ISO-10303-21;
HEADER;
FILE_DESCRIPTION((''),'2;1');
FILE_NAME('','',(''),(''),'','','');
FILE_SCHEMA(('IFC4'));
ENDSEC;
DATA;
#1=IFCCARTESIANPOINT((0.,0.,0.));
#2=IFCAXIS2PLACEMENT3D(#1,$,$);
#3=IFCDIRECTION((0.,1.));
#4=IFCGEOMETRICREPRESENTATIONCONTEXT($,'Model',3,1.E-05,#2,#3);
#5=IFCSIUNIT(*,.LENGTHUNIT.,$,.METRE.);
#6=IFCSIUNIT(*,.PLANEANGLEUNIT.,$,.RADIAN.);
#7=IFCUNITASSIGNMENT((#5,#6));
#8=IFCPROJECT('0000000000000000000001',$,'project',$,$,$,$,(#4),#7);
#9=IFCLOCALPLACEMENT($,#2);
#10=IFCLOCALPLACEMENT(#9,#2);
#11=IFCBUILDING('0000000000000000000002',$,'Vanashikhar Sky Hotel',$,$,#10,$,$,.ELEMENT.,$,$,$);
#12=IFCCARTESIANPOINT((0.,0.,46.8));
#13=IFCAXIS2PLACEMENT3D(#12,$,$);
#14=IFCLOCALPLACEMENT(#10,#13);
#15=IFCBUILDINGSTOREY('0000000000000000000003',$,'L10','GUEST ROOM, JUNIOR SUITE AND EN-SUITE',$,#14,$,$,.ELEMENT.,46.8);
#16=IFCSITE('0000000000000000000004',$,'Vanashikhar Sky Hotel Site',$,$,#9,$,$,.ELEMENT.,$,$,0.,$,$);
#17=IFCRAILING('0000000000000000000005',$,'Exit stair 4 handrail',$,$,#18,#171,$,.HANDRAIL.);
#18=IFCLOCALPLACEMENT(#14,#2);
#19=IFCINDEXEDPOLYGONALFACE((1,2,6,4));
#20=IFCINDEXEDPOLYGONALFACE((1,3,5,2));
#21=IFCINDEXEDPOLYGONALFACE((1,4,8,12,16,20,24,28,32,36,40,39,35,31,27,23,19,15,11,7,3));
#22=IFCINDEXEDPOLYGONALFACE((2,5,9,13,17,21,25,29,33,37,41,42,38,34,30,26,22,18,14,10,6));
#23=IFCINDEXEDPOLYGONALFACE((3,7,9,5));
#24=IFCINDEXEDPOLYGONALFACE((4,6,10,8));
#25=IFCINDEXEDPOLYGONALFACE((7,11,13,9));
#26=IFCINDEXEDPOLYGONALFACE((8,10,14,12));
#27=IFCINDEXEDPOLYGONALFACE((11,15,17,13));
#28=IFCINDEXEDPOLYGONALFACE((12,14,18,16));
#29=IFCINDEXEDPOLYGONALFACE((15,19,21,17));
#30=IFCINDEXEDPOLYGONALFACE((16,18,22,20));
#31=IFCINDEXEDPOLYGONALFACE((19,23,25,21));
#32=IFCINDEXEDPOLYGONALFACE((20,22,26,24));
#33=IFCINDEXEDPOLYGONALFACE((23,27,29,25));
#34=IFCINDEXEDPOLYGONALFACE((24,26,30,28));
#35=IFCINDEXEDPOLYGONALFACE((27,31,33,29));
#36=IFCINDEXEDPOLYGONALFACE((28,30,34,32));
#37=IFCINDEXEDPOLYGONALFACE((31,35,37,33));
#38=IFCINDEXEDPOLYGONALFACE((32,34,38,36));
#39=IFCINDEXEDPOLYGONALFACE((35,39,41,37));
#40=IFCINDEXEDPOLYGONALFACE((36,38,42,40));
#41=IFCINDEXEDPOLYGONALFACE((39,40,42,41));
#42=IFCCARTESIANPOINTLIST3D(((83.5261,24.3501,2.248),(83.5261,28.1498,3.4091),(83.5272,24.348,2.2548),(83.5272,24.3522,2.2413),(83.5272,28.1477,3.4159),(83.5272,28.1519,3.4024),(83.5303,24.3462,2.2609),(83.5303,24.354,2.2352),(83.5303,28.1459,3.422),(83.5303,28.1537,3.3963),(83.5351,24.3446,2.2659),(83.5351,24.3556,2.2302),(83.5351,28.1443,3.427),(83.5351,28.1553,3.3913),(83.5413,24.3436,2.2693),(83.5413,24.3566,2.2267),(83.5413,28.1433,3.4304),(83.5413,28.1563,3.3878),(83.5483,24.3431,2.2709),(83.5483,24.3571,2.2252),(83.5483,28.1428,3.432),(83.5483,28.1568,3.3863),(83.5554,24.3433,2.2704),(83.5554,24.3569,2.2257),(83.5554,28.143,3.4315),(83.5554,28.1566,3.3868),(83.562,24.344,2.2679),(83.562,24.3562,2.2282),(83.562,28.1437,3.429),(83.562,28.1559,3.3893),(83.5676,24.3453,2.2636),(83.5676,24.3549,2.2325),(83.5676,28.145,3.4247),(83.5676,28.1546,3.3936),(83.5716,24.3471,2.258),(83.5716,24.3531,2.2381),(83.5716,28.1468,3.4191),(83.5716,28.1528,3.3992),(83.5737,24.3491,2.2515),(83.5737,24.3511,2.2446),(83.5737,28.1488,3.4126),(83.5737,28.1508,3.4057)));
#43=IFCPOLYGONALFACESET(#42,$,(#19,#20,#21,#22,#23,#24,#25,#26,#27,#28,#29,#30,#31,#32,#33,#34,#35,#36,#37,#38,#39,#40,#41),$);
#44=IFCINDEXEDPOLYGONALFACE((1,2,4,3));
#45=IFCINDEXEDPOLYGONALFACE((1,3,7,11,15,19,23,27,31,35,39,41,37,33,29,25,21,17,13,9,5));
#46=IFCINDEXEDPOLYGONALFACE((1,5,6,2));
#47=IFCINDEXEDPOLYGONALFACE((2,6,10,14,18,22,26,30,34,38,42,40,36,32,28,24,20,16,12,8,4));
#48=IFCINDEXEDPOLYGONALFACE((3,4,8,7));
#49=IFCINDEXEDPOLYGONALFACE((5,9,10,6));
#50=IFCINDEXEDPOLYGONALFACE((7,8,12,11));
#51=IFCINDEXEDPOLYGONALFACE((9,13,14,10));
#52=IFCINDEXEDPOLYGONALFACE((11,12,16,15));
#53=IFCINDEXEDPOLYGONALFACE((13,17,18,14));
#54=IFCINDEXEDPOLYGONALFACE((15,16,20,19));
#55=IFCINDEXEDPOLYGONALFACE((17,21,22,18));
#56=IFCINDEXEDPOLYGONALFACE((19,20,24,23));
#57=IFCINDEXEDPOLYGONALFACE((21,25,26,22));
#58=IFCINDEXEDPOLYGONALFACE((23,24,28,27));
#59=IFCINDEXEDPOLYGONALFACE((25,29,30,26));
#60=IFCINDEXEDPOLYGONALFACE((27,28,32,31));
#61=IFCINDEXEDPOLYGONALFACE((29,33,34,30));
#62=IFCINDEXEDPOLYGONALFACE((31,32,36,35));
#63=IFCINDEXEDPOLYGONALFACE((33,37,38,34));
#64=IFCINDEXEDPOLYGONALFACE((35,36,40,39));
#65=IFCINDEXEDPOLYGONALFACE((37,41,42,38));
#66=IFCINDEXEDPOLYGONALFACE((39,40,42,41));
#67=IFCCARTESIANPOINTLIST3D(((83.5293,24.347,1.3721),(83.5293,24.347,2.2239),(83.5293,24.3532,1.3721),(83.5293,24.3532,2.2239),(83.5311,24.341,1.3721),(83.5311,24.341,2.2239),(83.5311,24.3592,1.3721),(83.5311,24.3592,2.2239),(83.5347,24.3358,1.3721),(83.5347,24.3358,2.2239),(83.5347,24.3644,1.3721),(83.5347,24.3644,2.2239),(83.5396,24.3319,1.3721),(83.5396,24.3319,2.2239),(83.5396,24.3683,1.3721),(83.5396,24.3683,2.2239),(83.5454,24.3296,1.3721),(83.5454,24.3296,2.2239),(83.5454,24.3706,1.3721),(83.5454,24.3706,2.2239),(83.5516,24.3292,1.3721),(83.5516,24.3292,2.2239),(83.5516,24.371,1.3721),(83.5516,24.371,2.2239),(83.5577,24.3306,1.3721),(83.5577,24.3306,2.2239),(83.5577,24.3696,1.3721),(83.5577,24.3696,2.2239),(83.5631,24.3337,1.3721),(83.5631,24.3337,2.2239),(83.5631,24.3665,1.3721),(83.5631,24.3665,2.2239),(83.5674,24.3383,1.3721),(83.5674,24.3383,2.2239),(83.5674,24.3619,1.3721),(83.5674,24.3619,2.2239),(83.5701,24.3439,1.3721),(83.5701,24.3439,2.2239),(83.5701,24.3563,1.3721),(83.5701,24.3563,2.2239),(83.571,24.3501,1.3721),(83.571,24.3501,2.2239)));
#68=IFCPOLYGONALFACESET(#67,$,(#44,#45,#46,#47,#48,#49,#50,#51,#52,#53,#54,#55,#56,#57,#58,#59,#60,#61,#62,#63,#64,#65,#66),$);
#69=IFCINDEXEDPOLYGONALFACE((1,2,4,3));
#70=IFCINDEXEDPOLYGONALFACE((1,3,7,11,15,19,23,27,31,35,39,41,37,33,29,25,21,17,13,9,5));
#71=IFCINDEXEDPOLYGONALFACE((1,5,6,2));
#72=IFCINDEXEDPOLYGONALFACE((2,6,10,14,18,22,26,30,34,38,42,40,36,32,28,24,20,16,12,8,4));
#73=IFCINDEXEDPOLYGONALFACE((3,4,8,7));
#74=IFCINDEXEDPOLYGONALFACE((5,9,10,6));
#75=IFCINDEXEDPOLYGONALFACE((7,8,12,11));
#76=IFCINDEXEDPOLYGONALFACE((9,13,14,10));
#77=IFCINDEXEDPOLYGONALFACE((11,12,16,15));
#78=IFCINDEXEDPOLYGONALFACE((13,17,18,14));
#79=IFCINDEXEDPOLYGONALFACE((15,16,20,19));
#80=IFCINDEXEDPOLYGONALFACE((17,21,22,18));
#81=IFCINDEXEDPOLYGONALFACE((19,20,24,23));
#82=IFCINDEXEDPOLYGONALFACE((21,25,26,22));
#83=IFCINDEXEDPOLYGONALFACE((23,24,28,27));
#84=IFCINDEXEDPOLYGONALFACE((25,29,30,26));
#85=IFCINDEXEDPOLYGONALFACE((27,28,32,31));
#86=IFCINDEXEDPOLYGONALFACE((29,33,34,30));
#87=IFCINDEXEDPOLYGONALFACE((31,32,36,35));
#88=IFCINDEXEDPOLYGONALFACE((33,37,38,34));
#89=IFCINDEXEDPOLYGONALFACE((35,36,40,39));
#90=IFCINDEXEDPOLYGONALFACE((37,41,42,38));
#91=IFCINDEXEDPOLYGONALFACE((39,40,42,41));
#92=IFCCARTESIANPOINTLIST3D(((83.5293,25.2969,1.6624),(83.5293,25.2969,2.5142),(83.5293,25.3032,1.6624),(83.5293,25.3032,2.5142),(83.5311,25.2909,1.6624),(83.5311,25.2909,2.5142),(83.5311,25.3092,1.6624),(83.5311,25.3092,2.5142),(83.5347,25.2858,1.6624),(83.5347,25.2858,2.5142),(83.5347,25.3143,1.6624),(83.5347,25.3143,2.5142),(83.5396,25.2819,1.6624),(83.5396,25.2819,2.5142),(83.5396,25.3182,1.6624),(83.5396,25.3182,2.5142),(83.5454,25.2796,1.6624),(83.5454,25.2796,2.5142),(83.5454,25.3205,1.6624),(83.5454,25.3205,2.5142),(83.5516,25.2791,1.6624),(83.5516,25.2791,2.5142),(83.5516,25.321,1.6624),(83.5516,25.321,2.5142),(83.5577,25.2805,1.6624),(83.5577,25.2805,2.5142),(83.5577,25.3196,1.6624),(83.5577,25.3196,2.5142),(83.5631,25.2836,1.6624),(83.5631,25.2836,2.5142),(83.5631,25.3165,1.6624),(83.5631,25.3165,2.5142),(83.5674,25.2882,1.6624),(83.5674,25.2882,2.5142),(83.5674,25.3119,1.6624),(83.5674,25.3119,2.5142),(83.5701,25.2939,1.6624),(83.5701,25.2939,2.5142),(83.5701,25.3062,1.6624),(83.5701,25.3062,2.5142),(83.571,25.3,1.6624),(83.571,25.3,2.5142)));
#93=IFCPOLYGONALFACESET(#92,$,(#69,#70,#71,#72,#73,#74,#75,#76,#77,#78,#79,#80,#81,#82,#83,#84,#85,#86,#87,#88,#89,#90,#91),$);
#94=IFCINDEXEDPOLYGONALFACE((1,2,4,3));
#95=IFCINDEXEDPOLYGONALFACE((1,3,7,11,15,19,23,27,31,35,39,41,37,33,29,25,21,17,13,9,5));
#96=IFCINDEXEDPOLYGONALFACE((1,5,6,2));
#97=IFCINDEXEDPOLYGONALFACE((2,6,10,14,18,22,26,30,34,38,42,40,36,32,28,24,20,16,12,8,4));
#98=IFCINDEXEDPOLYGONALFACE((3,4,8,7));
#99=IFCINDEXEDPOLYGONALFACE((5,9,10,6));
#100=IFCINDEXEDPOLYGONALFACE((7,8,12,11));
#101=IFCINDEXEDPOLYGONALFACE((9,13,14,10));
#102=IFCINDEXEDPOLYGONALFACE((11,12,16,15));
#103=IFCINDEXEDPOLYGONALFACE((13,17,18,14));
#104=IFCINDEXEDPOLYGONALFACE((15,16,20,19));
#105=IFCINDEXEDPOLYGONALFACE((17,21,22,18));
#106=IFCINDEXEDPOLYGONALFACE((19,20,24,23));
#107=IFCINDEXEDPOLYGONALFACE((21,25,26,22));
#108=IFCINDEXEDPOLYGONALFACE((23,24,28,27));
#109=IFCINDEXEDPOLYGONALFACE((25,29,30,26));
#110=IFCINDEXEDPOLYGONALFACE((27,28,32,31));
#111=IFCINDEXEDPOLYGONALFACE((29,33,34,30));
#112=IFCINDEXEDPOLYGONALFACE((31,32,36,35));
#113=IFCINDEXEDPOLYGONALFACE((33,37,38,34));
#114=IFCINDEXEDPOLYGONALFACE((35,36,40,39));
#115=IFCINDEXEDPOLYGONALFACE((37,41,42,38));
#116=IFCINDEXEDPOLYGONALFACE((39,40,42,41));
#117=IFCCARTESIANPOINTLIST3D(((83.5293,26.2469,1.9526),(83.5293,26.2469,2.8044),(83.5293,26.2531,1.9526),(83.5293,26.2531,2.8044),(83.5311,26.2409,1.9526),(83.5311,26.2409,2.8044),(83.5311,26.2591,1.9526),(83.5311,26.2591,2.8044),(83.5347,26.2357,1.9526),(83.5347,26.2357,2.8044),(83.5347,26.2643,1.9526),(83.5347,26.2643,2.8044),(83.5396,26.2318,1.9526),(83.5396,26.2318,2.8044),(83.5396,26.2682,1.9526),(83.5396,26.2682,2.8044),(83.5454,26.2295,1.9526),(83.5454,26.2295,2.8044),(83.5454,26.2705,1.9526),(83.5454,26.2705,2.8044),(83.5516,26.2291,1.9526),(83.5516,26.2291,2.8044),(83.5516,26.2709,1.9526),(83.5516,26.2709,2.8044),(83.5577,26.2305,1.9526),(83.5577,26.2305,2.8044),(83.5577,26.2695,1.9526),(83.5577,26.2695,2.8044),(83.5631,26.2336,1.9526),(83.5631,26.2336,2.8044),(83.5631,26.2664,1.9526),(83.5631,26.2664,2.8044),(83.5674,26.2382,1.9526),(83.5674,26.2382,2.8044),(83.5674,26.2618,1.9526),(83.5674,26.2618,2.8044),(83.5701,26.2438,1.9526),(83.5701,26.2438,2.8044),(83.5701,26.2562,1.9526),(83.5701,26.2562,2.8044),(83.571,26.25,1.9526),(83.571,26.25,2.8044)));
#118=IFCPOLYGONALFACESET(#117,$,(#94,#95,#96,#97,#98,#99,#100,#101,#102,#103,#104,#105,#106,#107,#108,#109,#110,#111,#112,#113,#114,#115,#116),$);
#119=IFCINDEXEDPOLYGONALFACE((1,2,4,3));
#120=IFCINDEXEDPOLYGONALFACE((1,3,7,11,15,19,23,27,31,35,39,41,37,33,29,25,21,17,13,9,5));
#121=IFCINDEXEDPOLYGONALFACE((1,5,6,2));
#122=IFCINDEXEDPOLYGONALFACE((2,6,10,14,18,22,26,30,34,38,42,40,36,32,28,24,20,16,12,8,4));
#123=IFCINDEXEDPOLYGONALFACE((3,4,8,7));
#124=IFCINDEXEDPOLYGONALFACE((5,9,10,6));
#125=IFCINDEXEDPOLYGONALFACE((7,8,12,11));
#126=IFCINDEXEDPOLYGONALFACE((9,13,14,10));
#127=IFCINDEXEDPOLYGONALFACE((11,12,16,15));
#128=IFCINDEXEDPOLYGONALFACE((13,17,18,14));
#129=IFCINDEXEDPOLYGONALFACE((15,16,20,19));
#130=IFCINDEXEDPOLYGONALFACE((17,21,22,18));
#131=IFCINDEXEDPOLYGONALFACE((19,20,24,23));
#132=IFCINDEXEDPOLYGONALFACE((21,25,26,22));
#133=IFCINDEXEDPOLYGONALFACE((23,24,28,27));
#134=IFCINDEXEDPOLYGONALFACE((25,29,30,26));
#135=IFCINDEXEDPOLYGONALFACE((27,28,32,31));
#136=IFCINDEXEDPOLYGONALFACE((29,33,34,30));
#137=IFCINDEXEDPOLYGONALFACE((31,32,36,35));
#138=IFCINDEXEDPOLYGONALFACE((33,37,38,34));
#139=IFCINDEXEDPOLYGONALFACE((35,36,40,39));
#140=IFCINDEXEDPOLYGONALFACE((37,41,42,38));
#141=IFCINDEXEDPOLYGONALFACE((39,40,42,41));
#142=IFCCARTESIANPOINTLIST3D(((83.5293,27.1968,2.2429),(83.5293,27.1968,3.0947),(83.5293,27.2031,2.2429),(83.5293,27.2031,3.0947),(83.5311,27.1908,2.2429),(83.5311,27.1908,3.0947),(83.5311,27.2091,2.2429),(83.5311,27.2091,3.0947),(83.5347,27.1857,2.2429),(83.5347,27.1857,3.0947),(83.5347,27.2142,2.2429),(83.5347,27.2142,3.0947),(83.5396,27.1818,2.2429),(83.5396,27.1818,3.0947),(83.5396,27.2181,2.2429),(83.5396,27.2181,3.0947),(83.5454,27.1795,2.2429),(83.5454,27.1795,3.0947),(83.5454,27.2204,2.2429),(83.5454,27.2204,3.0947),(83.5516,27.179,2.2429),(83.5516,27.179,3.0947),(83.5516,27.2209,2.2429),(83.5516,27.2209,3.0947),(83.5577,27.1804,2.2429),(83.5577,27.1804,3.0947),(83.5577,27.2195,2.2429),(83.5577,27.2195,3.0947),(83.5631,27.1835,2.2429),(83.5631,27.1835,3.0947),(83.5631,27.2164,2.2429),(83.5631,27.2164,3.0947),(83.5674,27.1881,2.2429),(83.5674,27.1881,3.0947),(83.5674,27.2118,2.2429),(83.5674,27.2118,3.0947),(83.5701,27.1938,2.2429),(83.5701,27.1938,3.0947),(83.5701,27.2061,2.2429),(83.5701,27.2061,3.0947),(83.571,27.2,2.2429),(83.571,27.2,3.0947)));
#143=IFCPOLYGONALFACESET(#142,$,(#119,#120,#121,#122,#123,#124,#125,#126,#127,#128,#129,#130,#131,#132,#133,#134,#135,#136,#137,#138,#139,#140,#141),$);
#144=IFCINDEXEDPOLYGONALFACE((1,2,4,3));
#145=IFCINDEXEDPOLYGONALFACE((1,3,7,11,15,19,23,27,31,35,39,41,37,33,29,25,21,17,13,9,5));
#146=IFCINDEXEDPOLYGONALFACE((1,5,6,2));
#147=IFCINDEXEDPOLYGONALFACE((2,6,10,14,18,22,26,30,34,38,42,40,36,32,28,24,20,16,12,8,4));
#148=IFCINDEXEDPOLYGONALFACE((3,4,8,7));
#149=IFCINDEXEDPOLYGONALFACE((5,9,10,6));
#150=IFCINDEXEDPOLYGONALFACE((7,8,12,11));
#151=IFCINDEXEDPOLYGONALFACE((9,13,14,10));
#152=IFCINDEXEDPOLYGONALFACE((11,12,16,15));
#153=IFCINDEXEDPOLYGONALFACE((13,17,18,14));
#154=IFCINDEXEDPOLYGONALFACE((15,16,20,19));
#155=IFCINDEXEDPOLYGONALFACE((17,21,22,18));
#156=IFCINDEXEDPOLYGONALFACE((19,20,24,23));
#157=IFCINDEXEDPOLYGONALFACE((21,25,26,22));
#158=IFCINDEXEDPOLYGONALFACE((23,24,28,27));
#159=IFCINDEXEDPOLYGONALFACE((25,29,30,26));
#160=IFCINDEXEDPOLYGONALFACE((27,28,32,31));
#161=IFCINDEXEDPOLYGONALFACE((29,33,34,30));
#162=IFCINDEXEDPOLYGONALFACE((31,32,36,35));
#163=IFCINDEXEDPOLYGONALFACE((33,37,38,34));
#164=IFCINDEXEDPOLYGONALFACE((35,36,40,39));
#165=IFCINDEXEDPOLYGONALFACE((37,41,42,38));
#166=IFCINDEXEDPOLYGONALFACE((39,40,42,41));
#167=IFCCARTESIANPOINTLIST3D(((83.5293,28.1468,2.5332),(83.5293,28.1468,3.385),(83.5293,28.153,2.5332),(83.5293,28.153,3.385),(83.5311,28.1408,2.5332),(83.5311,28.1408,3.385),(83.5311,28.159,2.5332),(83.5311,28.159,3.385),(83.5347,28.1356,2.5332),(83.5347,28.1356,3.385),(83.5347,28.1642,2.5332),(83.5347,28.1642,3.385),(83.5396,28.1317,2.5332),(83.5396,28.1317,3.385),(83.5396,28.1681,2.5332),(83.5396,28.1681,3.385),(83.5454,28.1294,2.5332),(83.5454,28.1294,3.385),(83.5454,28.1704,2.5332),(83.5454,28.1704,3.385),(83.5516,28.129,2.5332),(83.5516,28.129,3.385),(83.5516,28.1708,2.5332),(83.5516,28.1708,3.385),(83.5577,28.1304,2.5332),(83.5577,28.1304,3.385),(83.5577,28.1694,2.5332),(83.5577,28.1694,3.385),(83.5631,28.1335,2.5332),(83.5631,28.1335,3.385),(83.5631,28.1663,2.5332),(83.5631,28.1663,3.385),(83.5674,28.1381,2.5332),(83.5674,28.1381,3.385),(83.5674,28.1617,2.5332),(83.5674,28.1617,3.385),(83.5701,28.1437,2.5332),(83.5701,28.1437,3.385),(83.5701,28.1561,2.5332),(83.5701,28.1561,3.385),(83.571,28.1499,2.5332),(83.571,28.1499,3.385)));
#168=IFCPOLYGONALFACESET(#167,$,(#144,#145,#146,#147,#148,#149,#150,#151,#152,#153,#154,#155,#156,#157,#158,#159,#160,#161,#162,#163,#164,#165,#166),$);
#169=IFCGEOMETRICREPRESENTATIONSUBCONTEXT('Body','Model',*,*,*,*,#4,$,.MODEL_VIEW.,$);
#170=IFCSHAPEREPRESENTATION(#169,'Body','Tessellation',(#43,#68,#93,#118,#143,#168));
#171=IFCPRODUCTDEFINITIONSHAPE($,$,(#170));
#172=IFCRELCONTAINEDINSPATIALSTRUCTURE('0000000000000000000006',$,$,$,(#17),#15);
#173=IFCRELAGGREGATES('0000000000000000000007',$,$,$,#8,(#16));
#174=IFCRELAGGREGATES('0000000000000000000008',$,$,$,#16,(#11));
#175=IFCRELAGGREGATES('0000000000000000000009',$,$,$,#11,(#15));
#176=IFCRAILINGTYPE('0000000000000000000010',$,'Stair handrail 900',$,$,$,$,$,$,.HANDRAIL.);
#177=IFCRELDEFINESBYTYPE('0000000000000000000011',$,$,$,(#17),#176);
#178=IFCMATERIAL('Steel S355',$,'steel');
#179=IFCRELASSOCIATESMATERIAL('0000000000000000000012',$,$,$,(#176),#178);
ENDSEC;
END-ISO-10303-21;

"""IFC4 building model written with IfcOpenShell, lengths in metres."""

from ifc_helpers import new_model, si_unit, direction, frame, origin, origin_2d, place, context, subcontext, project, spatial, circle, extrude, source, transform, mapped, material, type_object, element, save


model = new_model("IFC4")

# Units and contexts
model_context = context("Model", 3, precision=1e-05, world=origin(), true_north=direction((0.0, 1.0)))
body_context = subcontext(model_context, "Body", "Model", "MODEL_VIEW")
ifc_project = project(units=[si_unit("LENGTHUNIT", "METRE"), si_unit("PLANEANGLEUNIT", "RADIAN")], contexts=[model_context])

# Site, building, storey
site_placement = place(None, origin())
site = spatial("IfcSite", under=ifc_project, at=site_placement, Name="Vanashikhar Sky Hotel Site", CompositionType="ELEMENT", RefElevation=0.0)
building_placement = place(site_placement, origin())
building = spatial("IfcBuilding", under=site, at=building_placement, Name="Vanashikhar Sky Hotel", CompositionType="ELEMENT")
storey_placement = place(building_placement, frame((0.0, 0.0, 46.8)))
storey = spatial("IfcBuildingStorey", under=building, at=storey_placement, Name="L10", Description="GUEST ROOM, JUNIOR SUITE AND EN-SUITE", CompositionType="ELEMENT", Elevation=46.8)

# Railing
ifc_material_1 = material(Name="Steel S355", Category="steel")
railing_type_1 = type_object("IfcRailingType", Name="Stair handrail 900", PredefinedType="HANDRAIL", material=ifc_material_1)
shared_shape_1 = source(origin(), body_context, "Body", "SweptSolid", [
    extrude(circle(Radius=0.0239, at=origin_2d()), frame((0.0, 0.0, 0.876), z_axis=(0.0, 0.956346, 0.292237), x_axis=(-1.0, 0.0, 0.0)), (0.0, 0.0, 1.0), 3.9731),
    extrude(circle(Radius=0.021, at=origin_2d()), origin(), (0.0, 0.0, 1.0), 0.8518),
    extrude(circle(Radius=0.021, at=origin_2d()), frame((0.0, 0.95, 0.2903)), (0.0, 0.0, 1.0), 0.8518),
    extrude(circle(Radius=0.021, at=origin_2d()), frame((0.0, 1.8999, 0.5806)), (0.0, 0.0, 1.0), 0.8518),
    extrude(circle(Radius=0.021, at=origin_2d()), frame((0.0, 2.8499, 0.8708)), (0.0, 0.0, 1.0), 0.8518),
    extrude(circle(Radius=0.021, at=origin_2d()), frame((0.0, 3.7998, 1.1611)), (0.0, 0.0, 1.0), 0.8518),
])
railing_1_placement = place(storey_placement, frame((83.55, 24.3501, 1.3721)))
element("IfcRailing", 1, at=railing_1_placement, inside=storey, type_object=railing_type_1, Name="Exit stair 4 handrail", PredefinedType="HANDRAIL", context=body_context, shape_type="MappedRepresentation", body=[
    mapped(shared_shape_1, transform((0.0, 0.0, 0.0), scale=1.0)),
])

save(model, "model.ifc")
